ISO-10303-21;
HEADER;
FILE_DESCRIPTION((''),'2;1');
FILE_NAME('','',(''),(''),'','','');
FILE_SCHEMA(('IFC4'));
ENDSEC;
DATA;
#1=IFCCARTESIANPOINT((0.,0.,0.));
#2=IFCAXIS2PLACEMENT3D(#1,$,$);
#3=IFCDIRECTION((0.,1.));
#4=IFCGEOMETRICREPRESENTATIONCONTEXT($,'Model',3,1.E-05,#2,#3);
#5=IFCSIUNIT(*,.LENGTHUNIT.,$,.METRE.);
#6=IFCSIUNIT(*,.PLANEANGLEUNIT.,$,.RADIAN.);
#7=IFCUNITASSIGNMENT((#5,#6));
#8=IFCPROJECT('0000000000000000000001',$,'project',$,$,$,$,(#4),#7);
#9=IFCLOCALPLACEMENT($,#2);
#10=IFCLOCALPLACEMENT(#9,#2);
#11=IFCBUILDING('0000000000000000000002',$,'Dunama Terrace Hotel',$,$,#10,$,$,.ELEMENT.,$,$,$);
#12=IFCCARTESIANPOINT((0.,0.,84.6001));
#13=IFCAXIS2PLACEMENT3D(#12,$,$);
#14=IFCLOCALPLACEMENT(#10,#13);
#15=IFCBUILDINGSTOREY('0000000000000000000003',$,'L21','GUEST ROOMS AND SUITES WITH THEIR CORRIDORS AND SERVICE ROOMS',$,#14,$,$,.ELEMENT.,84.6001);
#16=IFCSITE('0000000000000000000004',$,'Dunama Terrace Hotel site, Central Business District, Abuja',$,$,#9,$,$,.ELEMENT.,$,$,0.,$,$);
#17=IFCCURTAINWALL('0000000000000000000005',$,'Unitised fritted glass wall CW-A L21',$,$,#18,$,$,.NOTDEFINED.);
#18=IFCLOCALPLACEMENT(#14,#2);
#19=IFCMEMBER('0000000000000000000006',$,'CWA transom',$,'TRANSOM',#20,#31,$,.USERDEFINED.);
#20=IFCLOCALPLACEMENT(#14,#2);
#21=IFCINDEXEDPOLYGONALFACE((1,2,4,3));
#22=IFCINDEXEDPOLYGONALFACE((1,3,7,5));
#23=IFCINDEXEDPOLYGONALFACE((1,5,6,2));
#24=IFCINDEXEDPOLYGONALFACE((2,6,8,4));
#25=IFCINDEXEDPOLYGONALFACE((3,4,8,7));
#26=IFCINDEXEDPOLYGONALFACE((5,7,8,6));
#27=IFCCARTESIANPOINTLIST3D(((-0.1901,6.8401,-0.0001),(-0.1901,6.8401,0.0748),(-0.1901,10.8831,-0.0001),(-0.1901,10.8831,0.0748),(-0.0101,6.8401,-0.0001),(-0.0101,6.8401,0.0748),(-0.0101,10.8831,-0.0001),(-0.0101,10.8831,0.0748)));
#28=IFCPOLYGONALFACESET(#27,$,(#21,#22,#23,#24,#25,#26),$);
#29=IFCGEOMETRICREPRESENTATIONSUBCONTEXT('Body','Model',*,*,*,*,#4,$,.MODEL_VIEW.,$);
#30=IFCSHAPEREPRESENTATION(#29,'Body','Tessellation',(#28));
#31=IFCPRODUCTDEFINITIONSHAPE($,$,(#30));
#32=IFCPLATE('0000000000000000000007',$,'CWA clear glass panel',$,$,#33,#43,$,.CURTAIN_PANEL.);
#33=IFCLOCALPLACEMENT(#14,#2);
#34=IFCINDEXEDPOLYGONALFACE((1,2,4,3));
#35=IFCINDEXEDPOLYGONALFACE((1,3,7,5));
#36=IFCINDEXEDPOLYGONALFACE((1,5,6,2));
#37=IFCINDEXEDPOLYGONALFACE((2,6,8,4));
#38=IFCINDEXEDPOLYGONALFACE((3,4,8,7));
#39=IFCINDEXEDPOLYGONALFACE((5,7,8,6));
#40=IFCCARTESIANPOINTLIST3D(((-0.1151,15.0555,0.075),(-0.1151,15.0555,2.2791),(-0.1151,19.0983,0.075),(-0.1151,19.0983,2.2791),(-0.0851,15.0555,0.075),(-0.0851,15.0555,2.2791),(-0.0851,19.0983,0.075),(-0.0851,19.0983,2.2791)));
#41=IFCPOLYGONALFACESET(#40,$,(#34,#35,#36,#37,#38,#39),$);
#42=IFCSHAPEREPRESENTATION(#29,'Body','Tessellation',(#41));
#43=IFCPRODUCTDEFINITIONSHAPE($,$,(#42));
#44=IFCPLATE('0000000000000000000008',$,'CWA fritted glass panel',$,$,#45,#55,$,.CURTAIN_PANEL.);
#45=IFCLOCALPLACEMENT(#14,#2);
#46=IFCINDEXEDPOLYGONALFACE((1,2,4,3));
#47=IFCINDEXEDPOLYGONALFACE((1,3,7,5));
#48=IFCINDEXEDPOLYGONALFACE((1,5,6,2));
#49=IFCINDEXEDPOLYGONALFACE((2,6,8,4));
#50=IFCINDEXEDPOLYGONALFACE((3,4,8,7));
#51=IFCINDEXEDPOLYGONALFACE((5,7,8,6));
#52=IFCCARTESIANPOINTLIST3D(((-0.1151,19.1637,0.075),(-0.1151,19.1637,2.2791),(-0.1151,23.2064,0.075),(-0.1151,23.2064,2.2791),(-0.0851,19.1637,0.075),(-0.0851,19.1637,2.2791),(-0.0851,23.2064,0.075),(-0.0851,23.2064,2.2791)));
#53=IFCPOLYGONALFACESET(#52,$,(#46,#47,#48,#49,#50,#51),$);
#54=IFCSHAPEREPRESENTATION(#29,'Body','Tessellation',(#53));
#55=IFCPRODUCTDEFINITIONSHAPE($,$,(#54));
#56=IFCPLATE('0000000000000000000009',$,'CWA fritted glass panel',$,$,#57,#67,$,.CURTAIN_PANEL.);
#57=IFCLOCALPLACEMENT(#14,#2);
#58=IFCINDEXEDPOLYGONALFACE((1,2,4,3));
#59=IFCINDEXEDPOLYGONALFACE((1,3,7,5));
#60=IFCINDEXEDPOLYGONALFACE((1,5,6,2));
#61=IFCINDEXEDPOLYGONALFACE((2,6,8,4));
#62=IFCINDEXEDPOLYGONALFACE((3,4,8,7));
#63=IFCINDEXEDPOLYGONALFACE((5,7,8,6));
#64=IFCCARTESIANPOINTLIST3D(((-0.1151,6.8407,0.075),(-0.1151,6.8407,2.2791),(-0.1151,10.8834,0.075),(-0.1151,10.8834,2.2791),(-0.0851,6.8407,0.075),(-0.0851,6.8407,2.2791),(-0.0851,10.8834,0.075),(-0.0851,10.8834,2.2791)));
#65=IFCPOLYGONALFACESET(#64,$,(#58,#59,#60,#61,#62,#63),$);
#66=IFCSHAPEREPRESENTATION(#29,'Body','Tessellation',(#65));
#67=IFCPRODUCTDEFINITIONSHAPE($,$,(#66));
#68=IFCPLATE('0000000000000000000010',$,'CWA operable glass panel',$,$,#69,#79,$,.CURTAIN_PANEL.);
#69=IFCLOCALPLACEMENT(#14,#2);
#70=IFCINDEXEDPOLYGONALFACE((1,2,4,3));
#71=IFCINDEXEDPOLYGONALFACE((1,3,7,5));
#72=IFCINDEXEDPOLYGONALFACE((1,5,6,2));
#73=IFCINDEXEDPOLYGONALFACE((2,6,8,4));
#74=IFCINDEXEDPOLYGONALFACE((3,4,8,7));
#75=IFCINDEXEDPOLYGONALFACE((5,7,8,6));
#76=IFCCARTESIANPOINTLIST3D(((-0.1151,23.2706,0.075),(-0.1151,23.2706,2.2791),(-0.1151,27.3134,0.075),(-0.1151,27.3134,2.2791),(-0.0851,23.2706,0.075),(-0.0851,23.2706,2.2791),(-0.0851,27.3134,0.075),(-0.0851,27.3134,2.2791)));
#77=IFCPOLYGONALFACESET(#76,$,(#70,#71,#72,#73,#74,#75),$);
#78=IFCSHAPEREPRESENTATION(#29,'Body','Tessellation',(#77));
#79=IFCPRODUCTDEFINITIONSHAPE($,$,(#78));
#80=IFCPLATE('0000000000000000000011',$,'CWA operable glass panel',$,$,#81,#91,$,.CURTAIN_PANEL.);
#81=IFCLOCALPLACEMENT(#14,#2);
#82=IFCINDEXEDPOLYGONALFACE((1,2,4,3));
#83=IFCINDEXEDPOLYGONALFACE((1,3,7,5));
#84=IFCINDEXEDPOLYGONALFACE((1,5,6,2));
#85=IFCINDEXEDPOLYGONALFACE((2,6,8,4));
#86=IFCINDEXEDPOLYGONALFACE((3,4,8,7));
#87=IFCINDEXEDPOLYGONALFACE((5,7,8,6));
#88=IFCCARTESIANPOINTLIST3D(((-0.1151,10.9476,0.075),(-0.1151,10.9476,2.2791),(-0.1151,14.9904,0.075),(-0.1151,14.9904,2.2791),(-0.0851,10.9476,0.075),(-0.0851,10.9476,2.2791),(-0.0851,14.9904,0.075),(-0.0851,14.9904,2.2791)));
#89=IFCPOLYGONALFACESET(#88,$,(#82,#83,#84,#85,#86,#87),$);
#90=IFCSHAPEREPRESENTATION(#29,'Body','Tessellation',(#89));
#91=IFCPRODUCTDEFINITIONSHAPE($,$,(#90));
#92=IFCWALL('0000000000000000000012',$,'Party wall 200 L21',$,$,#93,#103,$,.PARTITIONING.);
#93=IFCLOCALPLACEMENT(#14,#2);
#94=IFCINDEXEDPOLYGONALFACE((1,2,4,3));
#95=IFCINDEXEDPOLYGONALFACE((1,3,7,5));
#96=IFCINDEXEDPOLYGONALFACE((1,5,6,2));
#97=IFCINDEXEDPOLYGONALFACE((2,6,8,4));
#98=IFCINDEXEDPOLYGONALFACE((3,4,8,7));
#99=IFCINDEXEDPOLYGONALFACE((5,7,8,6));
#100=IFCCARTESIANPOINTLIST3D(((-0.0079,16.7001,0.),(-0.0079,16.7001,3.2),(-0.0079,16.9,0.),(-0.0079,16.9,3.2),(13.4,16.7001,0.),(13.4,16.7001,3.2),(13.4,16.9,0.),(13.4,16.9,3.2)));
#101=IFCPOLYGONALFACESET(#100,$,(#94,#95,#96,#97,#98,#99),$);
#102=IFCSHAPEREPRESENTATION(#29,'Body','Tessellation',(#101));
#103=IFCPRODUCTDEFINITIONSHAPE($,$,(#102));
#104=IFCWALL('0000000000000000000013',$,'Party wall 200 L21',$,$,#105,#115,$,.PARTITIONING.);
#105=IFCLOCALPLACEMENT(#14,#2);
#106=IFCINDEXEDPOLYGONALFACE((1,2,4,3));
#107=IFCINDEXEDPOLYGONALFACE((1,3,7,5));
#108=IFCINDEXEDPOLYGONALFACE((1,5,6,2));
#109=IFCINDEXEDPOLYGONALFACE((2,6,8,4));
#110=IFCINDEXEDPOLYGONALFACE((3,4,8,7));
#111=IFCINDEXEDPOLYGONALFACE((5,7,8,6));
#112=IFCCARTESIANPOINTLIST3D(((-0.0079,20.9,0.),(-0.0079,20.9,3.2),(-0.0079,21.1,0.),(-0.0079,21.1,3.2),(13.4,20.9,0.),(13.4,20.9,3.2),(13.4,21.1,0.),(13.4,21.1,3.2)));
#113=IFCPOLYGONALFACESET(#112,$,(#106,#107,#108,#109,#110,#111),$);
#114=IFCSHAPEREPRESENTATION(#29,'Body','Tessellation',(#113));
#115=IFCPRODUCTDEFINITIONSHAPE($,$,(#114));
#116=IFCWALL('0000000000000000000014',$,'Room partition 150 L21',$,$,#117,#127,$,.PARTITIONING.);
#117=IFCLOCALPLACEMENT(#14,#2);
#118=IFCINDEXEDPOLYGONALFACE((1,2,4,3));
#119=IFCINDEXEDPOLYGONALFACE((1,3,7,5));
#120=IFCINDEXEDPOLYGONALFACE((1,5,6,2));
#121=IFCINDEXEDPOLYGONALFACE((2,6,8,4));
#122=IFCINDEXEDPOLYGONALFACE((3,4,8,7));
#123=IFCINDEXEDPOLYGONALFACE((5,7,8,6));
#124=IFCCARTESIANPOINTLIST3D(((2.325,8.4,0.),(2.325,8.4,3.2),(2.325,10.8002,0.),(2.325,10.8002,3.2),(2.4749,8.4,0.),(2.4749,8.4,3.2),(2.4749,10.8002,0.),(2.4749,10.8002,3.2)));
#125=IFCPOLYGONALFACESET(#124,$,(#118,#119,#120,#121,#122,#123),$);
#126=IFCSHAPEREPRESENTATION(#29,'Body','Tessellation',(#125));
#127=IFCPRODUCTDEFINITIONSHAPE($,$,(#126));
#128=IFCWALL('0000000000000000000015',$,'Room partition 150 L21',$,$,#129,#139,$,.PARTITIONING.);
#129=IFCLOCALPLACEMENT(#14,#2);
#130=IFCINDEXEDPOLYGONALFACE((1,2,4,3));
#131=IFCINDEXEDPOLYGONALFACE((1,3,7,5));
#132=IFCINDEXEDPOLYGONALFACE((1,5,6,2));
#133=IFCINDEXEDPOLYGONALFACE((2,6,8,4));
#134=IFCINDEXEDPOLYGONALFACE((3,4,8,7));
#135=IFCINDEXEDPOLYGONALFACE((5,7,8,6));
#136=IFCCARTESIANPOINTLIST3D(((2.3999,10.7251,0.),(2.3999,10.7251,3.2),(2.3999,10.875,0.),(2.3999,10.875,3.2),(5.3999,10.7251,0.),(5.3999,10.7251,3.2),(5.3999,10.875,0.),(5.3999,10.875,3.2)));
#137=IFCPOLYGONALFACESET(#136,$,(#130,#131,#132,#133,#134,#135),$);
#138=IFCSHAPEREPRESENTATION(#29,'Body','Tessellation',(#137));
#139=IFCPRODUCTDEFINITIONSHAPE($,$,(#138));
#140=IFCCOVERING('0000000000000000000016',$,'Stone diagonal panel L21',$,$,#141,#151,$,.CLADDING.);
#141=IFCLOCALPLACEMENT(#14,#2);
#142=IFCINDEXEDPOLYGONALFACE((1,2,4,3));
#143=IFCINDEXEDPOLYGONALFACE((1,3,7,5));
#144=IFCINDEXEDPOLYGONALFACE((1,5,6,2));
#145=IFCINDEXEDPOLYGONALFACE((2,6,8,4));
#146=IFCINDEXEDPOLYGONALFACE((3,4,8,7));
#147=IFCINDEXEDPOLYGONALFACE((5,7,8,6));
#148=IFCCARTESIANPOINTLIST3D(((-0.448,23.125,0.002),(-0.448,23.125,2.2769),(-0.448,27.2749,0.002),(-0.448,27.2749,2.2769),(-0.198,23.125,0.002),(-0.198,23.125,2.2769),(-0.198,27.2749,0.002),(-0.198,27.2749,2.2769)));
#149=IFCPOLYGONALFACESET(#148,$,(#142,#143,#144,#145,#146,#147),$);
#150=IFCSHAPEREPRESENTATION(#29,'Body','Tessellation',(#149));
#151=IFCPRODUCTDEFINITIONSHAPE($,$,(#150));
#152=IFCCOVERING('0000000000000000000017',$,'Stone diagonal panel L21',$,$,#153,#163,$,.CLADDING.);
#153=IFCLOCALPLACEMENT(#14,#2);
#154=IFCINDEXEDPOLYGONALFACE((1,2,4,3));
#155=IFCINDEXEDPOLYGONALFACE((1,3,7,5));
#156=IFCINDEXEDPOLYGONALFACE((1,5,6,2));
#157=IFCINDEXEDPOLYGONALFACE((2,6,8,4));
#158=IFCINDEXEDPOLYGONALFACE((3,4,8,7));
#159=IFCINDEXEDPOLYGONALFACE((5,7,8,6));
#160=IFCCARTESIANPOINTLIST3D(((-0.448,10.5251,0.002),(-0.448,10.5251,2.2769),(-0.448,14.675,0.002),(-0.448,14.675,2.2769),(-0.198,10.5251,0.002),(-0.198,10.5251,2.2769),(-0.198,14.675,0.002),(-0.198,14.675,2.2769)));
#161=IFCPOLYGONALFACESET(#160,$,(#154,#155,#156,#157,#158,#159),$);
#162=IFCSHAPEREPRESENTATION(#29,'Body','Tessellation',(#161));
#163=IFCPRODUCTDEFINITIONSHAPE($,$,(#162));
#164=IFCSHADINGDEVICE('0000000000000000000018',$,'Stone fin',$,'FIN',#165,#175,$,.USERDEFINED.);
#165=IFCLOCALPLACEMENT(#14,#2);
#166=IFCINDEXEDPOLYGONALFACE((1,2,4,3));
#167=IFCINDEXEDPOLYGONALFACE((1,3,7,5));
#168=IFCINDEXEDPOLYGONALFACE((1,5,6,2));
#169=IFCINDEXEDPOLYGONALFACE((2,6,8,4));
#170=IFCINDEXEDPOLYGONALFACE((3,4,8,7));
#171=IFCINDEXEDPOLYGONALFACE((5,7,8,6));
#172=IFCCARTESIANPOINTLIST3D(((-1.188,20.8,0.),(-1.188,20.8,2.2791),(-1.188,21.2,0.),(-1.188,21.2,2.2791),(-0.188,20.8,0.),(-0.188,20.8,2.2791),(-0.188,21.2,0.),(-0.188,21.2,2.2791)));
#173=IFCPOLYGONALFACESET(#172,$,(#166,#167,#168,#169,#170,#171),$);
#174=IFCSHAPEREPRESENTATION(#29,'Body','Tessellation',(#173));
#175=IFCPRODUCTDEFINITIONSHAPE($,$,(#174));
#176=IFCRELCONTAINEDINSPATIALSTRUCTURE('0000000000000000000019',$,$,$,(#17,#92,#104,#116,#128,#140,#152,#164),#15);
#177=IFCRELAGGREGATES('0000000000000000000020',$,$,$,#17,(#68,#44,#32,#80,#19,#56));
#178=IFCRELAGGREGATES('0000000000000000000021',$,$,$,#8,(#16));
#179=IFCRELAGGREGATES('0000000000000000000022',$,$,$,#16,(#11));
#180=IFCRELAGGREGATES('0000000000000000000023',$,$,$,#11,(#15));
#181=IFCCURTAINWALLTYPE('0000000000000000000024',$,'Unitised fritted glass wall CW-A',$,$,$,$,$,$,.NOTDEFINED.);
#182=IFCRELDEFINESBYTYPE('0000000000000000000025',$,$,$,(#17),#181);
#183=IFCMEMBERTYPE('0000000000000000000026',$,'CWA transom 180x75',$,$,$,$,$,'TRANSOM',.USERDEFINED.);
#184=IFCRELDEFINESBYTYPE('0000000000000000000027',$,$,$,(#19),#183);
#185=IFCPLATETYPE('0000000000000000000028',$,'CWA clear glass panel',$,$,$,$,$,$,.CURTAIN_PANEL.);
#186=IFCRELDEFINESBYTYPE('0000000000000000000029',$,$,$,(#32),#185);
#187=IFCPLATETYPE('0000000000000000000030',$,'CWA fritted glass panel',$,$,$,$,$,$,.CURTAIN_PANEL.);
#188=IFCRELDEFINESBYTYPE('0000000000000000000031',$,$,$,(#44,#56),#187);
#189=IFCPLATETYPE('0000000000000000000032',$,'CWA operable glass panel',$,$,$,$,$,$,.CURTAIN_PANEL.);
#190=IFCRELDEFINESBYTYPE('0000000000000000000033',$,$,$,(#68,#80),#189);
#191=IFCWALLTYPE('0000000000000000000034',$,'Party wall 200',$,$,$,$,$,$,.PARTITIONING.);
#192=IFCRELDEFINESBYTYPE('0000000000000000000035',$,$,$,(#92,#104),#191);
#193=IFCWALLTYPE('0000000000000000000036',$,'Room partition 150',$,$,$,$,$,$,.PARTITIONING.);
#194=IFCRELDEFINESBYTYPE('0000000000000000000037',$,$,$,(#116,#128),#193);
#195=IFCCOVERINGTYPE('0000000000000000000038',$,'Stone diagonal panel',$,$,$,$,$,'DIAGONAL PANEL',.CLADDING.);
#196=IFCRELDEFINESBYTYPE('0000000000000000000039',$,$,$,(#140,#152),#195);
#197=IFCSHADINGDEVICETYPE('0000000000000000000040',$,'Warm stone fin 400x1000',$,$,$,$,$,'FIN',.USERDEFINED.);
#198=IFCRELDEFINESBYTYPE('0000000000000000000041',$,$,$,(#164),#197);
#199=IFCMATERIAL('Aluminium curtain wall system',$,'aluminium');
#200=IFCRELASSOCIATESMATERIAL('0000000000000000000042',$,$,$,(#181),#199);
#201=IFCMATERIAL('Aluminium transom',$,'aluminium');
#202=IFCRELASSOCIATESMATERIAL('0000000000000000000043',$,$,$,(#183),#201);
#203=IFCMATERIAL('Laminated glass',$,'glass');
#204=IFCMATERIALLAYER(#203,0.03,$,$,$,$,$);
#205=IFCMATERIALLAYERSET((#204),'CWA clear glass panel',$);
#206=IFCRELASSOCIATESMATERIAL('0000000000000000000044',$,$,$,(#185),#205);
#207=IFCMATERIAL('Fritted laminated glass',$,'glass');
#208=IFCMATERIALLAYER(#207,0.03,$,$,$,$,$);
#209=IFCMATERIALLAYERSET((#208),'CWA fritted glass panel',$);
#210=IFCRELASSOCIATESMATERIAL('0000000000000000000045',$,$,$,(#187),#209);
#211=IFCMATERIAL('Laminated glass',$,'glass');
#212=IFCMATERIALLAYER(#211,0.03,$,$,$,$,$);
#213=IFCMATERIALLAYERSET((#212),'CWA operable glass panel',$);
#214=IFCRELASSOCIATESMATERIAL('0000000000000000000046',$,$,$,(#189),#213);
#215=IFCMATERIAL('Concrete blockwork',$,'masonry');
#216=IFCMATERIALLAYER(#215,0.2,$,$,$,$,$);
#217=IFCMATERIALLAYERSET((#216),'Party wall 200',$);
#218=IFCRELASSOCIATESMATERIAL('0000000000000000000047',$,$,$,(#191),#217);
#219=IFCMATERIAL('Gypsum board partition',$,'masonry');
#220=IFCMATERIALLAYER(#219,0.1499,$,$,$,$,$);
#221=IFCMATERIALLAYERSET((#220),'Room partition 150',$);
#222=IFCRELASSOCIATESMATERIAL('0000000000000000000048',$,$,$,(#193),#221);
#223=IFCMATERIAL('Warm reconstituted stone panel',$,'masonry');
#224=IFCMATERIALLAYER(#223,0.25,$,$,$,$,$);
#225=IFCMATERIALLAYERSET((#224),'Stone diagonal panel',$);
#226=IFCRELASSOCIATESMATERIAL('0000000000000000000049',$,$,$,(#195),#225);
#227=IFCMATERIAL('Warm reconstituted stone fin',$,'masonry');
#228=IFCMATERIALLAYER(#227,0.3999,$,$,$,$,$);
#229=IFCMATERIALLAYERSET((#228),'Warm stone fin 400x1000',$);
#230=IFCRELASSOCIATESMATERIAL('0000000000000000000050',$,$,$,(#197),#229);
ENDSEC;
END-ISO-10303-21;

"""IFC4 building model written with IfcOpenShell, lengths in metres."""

from ifc_helpers import new_model, si_unit, direction, frame, frame_2d, origin, origin_2d, place, context, subcontext, project, spatial, rectangle, extrude, material, layer, layer_set, material_profile, profile_set, type_object, element, aggregate, save


model = new_model("IFC4")

# Units and contexts
model_context = context("Model", 3, precision=1e-05, world=origin(), true_north=direction((0.0, 1.0)))
body_context = subcontext(model_context, "Body", "Model", "MODEL_VIEW")
ifc_project = project(units=[si_unit("LENGTHUNIT", "METRE"), si_unit("PLANEANGLEUNIT", "RADIAN")], contexts=[model_context])

# Site, building, storey
site_placement = place(None, origin())
site = spatial("IfcSite", under=ifc_project, at=site_placement, Name="Dunama Terrace Hotel site, Central Business District, Abuja", CompositionType="ELEMENT", RefElevation=0.0)
building_placement = place(site_placement, origin())
building = spatial("IfcBuilding", under=site, at=building_placement, Name="Dunama Terrace Hotel", CompositionType="ELEMENT")
storey_placement = place(building_placement, frame((0.0, 0.0, 84.6001)))
storey = spatial("IfcBuildingStorey", under=building, at=storey_placement, Name="L21", Description="GUEST ROOMS AND SUITES WITH THEIR CORRIDORS AND SERVICE ROOMS", CompositionType="ELEMENT", Elevation=84.6001)

# Curtain wall, member, plates
ifc_material_1 = material(Name="Aluminium curtain wall system", Category="aluminium")
curtain_wall_type = type_object("IfcCurtainWallType", Name="Unitised fritted glass wall CW-A", PredefinedType="NOTDEFINED", material=ifc_material_1)
curtain_wall_placement = place(storey_placement, origin())
curtain_wall = element("IfcCurtainWall", 1, at=curtain_wall_placement, inside=storey, type_object=curtain_wall_type, Name="Unitised fritted glass wall CW-A L21", PredefinedType="NOTDEFINED")
ifc_material_2 = material(Name="Aluminium transom", Category="aluminium")
ifc_material_profile_1 = material_profile(ifc_material_2, rectangle(XDim=0.1799, YDim=0.075, at=origin_2d()), Name="CWA TRANSOM 180X75")
ifc_profile_set_1 = profile_set([ifc_material_profile_1], Name="Aluminium transom")
member_type_1 = type_object("IfcMemberType", Name="CWA transom 180x75", ElementType="TRANSOM", PredefinedType="USERDEFINED", material=ifc_profile_set_1)
member_1_placement = place(storey_placement, frame((-0.1001, 10.8831, 0.0374), z_axis=(0.0, -1.0, 0.0), x_axis=(1.0, 0.0, 0.0)))
member_1 = element("IfcMember", 2, at=member_1_placement, type_object=member_type_1, Name="CWA transom", ObjectType="TRANSOM", PredefinedType="USERDEFINED", context=body_context, shape_type="SweptSolid", body=[
    extrude(rectangle(XDim=0.1799, YDim=0.075, at=origin_2d()), origin(), (0.0, 0.0, 1.0), 4.043),
])
ifc_material_3 = material(Name="Laminated glass", Category="glass")
ifc_layer_1 = layer(ifc_material_3, 0.03)
ifc_layer_set_1 = layer_set([ifc_layer_1], Name="CWA clear glass panel")
plate_type_1 = type_object("IfcPlateType", Name="CWA clear glass panel", PredefinedType="CURTAIN_PANEL", material=ifc_layer_set_1)
plate_1_placement = place(storey_placement, frame((-0.1001, 17.0769, 0.075), z_axis=(0.0, 0.0, 1.0), x_axis=(0.0, -1.0, 0.0)))
plate_1 = element("IfcPlate", 3, at=plate_1_placement, type_object=plate_type_1, Name="CWA clear glass panel", PredefinedType="CURTAIN_PANEL", context=body_context, shape_type="SweptSolid", body=[
    extrude(rectangle(XDim=4.0427, YDim=0.03, at=origin_2d()), origin(), (0.0, 0.0, 1.0), 2.2041),
])
ifc_material_4 = material(Name="Fritted laminated glass", Category="glass")
ifc_layer_2 = layer(ifc_material_4, 0.03)
ifc_layer_set_2 = layer_set([ifc_layer_2], Name="CWA fritted glass panel")
plate_type_2 = type_object("IfcPlateType", Name="CWA fritted glass panel", PredefinedType="CURTAIN_PANEL", material=ifc_layer_set_2)
plate_2_placement = place(storey_placement, frame((-0.1001, 21.1851, 0.075), z_axis=(0.0, 0.0, 1.0), x_axis=(0.0, -1.0, 0.0)))
plate_2 = element("IfcPlate", 4, at=plate_2_placement, type_object=plate_type_2, Name="CWA fritted glass panel", PredefinedType="CURTAIN_PANEL", context=body_context, shape_type="SweptSolid", body=[
    extrude(rectangle(XDim=4.0427, YDim=0.03, at=origin_2d()), origin(), (0.0, 0.0, 1.0), 2.2041),
])
plate_3_placement = place(storey_placement, frame((-0.1001, 8.8621, 0.075), z_axis=(0.0, 0.0, 1.0), x_axis=(0.0, -1.0, 0.0)))
plate_3 = element("IfcPlate", 5, at=plate_3_placement, type_object=plate_type_2, Name="CWA fritted glass panel", PredefinedType="CURTAIN_PANEL", context=body_context, shape_type="SweptSolid", body=[
    extrude(rectangle(XDim=4.0427, YDim=0.03, at=origin_2d()), origin(), (0.0, 0.0, 1.0), 2.2041),
])
ifc_material_5 = material(Name="Laminated glass", Category="glass")
ifc_layer_3 = layer(ifc_material_5, 0.03)
ifc_layer_set_3 = layer_set([ifc_layer_3], Name="CWA operable glass panel")
plate_type_3 = type_object("IfcPlateType", Name="CWA operable glass panel", PredefinedType="CURTAIN_PANEL", material=ifc_layer_set_3)
plate_4_placement = place(storey_placement, frame((-0.1001, 25.292, 0.075), z_axis=(0.0, 0.0, 1.0), x_axis=(0.0, -1.0, 0.0)))
plate_4 = element("IfcPlate", 6, at=plate_4_placement, type_object=plate_type_3, Name="CWA operable glass panel", PredefinedType="CURTAIN_PANEL", context=body_context, shape_type="SweptSolid", body=[
    extrude(rectangle(XDim=4.0427, YDim=0.03, at=origin_2d()), origin(), (0.0, 0.0, 1.0), 2.2041),
])
plate_5_placement = place(storey_placement, frame((-0.1001, 12.969, 0.075), z_axis=(0.0, 0.0, 1.0), x_axis=(0.0, -1.0, 0.0)))
plate_5 = element("IfcPlate", 7, at=plate_5_placement, type_object=plate_type_3, Name="CWA operable glass panel", PredefinedType="CURTAIN_PANEL", context=body_context, shape_type="SweptSolid", body=[
    extrude(rectangle(XDim=4.0427, YDim=0.03, at=origin_2d()), origin(), (0.0, 0.0, 1.0), 2.2041),
])
aggregate(curtain_wall, [plate_4, plate_2, plate_1, plate_5, member_1, plate_3])

# Walls
ifc_material_6 = material(Name="Concrete blockwork", Category="masonry")
ifc_layer_4 = layer(ifc_material_6, 0.2)
ifc_layer_set_4 = layer_set([ifc_layer_4], Name="Party wall 200")
wall_type_1 = type_object("IfcWallType", Name="Party wall 200", PredefinedType="PARTITIONING", material=ifc_layer_set_4)
for number, where, z_axis, x_axis, name in (
    (8, (-0.0081, 16.8, 0.0), (0.0, 0.0, 1.0), (1.0, 0.0, 0.0), "Party wall 200 L21"),
    (9, (-0.0081, 21.0, 0.0), (0.0, 0.0, 1.0), (1.0, 0.0, 0.0), "Party wall 200 L21"),
):
    element("IfcWall", number, at=place(storey_placement, frame(where, z_axis=z_axis, x_axis=x_axis)), inside=storey, type_object=wall_type_1, Name=name, PredefinedType="PARTITIONING", context=body_context, shape_type="SweptSolid", body=[
        extrude(rectangle(XDim=13.408, YDim=0.2, at=frame_2d((6.7041, 0.0))), origin(), (0.0, 0.0, 1.0), 3.2),
    ])
ifc_material_7 = material(Name="Gypsum board partition", Category="masonry")
ifc_layer_5 = layer(ifc_material_7, 0.1499)
ifc_layer_set_5 = layer_set([ifc_layer_5], Name="Room partition 150")
wall_type_2 = type_object("IfcWallType", Name="Room partition 150", PredefinedType="PARTITIONING", material=ifc_layer_set_5)
wall_1_placement = place(storey_placement, frame((2.3999, 8.3999, 0.0), z_axis=(0.0, 0.0, 1.0), x_axis=(0.0, 1.0, 0.0)))
element("IfcWall", 10, at=wall_1_placement, inside=storey, type_object=wall_type_2, Name="Room partition 150 L21", PredefinedType="PARTITIONING", context=body_context, shape_type="SweptSolid", body=[
    extrude(rectangle(XDim=2.4001, YDim=0.1499, at=frame_2d((1.2002, 0.0))), origin(), (0.0, 0.0, 1.0), 3.2),
])
wall_2_placement = place(storey_placement, frame((2.3999, 10.8, 0.0), z_axis=(0.0, 0.0, 1.0), x_axis=(1.0, 0.0, 0.0)))
element("IfcWall", 11, at=wall_2_placement, inside=storey, type_object=wall_type_2, Name="Room partition 150 L21", PredefinedType="PARTITIONING", context=body_context, shape_type="SweptSolid", body=[
    extrude(rectangle(XDim=3.0, YDim=0.1499, at=frame_2d((1.5, 0.0))), origin(), (0.0, 0.0, 1.0), 3.2),
])

# Coverings
ifc_material_8 = material(Name="Warm reconstituted stone panel", Category="masonry")
ifc_layer_6 = layer(ifc_material_8, 0.25)
ifc_layer_set_6 = layer_set([ifc_layer_6], Name="Stone diagonal panel")
covering_type = type_object("IfcCoveringType", Name="Stone diagonal panel", ElementType="DIAGONAL PANEL", PredefinedType="CLADDING", material=ifc_layer_set_6)
for number, where, z_axis, x_axis, name in (
    (12, (-0.323, 25.2, 0.002), (0.0, 0.0, 1.0), (0.0, -1.0, 0.0), "Stone diagonal panel L21"),
    (13, (-0.323, 12.6001, 0.002), (0.0, 0.0, 1.0), (0.0, -1.0, 0.0), "Stone diagonal panel L21"),
):
    element("IfcCovering", number, at=place(storey_placement, frame(where, z_axis=z_axis, x_axis=x_axis)), inside=storey, type_object=covering_type, Name=name, PredefinedType="CLADDING", context=body_context, shape_type="SweptSolid", body=[
        extrude(rectangle(XDim=4.1499, YDim=0.25, at=origin_2d()), origin(), (0.0, 0.0, 1.0), 2.2749),
    ])

# Shading device
ifc_material_9 = material(Name="Warm reconstituted stone fin", Category="masonry")
ifc_layer_7 = layer(ifc_material_9, 0.3999)
ifc_layer_set_7 = layer_set([ifc_layer_7], Name="Warm stone fin 400x1000")
shading_device_type = type_object("IfcShadingDeviceType", Name="Warm stone fin 400x1000", ElementType="FIN", PredefinedType="USERDEFINED", material=ifc_layer_set_7)
shading_device_placement = place(storey_placement, frame((-0.688, 21.0, 0.0), z_axis=(0.0, 0.0, 1.0), x_axis=(0.0, -1.0, 0.0)))
element("IfcShadingDevice", 14, at=shading_device_placement, inside=storey, type_object=shading_device_type, Name="Stone fin", ObjectType="FIN", PredefinedType="USERDEFINED", context=body_context, shape_type="SweptSolid", body=[
    extrude(rectangle(XDim=0.3999, YDim=1.0, at=origin_2d()), origin(), (0.0, 0.0, 1.0), 2.2791),
])

save(model, "model.ifc")
